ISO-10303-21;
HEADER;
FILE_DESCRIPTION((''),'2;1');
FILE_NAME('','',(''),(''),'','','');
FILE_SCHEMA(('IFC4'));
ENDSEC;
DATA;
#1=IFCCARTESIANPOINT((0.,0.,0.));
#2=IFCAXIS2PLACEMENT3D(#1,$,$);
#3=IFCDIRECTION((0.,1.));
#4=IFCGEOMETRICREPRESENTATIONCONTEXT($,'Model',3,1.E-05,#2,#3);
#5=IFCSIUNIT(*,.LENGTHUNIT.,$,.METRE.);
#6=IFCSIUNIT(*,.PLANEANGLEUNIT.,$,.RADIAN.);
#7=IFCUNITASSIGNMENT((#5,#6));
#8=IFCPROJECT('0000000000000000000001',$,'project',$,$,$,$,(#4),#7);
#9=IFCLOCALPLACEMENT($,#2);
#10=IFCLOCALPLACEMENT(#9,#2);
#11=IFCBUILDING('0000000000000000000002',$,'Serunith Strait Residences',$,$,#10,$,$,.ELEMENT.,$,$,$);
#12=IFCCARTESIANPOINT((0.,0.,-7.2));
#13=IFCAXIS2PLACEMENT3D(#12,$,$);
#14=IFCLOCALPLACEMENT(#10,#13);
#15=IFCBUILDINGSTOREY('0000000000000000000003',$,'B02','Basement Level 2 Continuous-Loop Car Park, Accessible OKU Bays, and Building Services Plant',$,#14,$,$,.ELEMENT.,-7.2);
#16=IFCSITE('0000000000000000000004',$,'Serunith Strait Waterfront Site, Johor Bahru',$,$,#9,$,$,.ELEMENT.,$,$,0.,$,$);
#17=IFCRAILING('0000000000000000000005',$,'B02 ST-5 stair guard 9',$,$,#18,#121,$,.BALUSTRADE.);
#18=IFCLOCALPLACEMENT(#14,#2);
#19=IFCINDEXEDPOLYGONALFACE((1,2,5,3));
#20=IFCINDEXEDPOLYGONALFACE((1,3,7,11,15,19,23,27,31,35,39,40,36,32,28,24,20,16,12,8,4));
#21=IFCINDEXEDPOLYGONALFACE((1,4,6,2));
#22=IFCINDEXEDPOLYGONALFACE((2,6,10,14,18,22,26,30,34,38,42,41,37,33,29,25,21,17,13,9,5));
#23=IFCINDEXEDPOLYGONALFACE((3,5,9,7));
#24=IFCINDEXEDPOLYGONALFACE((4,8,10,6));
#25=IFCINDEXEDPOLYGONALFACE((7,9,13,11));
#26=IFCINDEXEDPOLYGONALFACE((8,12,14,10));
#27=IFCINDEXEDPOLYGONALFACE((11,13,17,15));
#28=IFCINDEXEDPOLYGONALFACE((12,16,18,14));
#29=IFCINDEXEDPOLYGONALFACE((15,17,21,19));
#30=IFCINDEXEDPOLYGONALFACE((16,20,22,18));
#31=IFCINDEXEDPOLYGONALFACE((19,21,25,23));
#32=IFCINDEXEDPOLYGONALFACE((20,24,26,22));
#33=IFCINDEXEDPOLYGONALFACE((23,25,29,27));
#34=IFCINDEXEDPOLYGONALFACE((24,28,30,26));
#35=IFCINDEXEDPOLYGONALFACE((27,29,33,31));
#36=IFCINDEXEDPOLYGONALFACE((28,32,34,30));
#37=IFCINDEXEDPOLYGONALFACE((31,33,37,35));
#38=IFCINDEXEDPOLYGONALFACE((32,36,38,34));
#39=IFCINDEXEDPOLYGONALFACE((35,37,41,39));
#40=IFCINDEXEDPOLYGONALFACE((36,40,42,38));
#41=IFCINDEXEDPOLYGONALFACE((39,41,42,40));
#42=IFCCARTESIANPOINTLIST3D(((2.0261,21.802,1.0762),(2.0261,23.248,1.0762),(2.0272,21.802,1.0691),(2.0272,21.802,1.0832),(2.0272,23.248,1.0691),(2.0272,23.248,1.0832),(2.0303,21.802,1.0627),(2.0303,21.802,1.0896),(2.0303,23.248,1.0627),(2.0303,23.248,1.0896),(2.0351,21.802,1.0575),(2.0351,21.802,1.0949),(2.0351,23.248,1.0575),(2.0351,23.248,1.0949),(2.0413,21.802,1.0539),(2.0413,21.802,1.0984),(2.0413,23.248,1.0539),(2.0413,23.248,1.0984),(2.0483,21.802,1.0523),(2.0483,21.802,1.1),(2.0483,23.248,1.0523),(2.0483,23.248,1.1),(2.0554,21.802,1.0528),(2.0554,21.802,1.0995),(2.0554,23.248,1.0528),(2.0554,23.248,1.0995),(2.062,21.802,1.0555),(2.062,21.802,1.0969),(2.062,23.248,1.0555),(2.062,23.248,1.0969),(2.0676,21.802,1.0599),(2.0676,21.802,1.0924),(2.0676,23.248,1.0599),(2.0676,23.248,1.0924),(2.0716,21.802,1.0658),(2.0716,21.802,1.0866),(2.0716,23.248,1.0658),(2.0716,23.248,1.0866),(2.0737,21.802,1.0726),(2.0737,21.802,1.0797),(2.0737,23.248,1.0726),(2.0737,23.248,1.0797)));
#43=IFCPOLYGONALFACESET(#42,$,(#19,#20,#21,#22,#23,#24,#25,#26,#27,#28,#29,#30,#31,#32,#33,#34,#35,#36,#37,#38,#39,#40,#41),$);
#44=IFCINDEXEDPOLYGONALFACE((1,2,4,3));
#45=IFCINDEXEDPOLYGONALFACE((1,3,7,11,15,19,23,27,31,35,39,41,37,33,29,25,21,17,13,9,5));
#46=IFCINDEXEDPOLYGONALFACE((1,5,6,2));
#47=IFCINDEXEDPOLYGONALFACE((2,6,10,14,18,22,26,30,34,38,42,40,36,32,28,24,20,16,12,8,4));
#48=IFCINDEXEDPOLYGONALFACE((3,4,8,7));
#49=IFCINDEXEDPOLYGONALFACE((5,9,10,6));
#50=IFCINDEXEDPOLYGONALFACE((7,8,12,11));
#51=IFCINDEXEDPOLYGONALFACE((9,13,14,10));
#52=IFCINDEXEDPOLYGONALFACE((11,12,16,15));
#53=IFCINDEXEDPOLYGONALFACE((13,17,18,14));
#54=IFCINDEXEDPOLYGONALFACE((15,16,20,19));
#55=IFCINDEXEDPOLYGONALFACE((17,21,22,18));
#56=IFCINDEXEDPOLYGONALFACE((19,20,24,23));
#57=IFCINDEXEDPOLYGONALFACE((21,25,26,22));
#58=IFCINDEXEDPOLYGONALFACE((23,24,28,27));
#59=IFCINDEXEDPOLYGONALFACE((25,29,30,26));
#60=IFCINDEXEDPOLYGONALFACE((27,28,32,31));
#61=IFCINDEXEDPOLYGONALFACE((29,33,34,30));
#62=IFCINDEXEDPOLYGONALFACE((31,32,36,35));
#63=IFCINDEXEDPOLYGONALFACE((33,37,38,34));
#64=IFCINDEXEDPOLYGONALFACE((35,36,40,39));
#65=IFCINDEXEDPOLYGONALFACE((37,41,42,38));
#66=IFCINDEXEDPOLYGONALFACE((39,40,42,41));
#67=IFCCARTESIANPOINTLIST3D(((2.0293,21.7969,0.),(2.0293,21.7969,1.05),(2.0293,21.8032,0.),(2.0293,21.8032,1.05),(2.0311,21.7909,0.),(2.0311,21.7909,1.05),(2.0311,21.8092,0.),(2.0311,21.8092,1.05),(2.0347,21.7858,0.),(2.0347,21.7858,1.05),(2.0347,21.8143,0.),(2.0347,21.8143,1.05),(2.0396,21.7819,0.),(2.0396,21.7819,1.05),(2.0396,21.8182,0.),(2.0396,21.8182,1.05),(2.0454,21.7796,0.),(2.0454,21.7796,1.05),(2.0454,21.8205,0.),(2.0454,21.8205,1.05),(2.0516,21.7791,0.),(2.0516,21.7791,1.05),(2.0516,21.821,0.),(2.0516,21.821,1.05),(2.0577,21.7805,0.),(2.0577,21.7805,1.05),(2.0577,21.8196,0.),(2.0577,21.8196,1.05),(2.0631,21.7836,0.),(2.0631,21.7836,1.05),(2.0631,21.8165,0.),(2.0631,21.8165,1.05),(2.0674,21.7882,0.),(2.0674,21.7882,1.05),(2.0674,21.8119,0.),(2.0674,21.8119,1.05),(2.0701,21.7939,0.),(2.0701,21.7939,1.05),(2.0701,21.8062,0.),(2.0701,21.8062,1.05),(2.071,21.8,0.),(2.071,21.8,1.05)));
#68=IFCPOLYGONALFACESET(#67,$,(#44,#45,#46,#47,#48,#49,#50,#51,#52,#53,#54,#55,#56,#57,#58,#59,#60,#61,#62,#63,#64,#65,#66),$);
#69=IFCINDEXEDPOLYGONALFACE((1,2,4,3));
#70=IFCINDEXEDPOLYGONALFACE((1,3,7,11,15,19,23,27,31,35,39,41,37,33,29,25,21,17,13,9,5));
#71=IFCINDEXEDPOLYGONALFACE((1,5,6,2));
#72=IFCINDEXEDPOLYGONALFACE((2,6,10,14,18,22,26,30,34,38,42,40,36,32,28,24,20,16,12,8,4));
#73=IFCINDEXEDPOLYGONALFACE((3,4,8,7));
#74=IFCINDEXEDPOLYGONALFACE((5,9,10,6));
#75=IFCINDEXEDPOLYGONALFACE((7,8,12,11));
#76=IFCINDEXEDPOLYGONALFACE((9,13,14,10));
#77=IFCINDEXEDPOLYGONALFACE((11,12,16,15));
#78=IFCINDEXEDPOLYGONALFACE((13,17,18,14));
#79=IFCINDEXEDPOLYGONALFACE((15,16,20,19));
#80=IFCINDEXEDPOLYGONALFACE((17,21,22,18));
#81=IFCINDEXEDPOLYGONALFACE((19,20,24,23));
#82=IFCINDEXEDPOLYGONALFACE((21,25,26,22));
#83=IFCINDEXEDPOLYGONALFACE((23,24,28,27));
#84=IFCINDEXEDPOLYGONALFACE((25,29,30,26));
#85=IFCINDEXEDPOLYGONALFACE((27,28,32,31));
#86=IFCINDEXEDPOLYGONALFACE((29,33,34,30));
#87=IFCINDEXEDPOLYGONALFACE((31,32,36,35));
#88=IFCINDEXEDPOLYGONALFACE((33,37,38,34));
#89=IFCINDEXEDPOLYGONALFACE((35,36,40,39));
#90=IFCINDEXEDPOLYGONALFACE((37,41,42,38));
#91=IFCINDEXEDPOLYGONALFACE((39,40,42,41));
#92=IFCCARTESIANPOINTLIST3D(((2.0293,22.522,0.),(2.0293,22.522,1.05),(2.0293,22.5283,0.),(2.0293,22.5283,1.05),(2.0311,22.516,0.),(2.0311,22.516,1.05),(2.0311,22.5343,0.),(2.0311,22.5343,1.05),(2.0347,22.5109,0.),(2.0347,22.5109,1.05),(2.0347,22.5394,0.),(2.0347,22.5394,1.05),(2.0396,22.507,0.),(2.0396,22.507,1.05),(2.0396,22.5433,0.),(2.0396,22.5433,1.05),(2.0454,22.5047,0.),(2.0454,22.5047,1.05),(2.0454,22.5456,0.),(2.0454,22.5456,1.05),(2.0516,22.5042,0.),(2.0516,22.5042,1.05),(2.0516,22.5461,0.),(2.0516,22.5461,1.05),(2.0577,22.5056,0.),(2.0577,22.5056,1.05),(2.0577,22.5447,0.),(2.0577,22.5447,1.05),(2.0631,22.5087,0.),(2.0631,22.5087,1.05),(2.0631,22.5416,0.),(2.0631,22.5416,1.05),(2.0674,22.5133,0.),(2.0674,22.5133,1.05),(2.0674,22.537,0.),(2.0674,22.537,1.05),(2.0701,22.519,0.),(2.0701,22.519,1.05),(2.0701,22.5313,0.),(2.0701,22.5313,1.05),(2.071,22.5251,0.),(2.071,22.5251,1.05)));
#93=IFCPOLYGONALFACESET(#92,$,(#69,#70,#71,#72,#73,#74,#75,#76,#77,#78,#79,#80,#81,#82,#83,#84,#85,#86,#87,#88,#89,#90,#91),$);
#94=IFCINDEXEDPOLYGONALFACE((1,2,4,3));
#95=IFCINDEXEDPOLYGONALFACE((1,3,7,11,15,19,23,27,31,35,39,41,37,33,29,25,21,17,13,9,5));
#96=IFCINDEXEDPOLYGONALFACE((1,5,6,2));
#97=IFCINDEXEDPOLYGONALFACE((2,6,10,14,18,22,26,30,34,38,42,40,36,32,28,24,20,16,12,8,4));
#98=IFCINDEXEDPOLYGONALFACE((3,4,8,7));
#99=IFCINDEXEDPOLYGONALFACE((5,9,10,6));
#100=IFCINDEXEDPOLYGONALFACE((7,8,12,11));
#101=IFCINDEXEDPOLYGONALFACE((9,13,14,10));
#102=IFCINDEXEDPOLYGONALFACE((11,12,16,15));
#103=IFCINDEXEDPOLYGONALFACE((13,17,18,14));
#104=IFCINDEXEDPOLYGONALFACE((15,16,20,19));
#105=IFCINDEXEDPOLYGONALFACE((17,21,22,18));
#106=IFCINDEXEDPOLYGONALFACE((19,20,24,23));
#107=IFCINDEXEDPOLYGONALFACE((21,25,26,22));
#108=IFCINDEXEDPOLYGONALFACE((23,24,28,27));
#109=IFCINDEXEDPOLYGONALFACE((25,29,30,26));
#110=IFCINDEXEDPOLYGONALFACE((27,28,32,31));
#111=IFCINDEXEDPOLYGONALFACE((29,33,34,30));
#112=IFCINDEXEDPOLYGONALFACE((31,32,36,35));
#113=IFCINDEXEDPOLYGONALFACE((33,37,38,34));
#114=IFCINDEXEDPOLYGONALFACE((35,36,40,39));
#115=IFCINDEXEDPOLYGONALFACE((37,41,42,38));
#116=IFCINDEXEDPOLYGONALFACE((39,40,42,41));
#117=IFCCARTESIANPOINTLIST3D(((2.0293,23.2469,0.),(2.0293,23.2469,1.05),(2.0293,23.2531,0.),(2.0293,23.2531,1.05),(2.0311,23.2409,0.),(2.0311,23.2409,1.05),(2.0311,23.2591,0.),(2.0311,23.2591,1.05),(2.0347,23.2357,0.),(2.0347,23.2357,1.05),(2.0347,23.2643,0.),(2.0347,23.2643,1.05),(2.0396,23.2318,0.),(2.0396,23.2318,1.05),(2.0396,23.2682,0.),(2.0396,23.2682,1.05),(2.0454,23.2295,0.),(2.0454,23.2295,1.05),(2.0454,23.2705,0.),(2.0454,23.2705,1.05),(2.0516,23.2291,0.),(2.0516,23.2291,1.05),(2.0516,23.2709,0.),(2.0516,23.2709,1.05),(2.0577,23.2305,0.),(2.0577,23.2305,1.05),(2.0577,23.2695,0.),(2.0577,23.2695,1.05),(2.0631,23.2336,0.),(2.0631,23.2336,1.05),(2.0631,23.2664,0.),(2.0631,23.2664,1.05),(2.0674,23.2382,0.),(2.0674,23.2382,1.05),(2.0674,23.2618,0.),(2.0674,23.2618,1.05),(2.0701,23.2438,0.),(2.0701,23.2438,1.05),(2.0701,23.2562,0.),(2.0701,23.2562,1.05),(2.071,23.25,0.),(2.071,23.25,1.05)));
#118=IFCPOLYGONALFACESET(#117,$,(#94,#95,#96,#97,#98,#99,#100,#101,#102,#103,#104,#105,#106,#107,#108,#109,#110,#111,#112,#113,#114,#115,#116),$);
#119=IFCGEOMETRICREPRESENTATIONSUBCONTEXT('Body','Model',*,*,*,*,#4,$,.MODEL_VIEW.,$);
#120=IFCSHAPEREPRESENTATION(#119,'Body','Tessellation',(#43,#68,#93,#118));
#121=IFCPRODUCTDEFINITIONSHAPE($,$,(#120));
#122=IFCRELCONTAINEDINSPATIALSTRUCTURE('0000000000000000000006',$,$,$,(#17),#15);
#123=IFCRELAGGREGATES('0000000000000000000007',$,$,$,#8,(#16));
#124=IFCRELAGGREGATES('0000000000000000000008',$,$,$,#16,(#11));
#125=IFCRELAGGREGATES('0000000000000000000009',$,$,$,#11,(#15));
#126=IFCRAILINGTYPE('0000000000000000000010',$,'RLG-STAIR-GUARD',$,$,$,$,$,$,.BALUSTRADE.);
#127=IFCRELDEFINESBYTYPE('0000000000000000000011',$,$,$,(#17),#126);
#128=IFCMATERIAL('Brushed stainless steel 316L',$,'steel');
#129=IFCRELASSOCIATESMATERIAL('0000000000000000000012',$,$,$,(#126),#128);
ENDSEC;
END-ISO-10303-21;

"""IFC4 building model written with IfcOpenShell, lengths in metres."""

from ifc_helpers import new_model, si_unit, direction, frame, origin, origin_2d, place, context, subcontext, project, spatial, circle, extrude, material, type_object, element, save


model = new_model("IFC4")

# Units and contexts
model_context = context("Model", 3, precision=1e-05, world=origin(), true_north=direction((0.0, 1.0)))
body_context = subcontext(model_context, "Body", "Model", "MODEL_VIEW")
ifc_project = project(units=[si_unit("LENGTHUNIT", "METRE"), si_unit("PLANEANGLEUNIT", "RADIAN")], contexts=[model_context])

# Site, building, storey
site_placement = place(None, origin())
site = spatial("IfcSite", under=ifc_project, at=site_placement, Name="Serunith Strait Waterfront Site, Johor Bahru", CompositionType="ELEMENT", RefElevation=0.0)
building_placement = place(site_placement, origin())
building = spatial("IfcBuilding", under=site, at=building_placement, Name="Serunith Strait Residences", CompositionType="ELEMENT")
storey_placement = place(building_placement, frame((0.0, 0.0, -7.2)))
storey = spatial("IfcBuildingStorey", under=building, at=storey_placement, Name="B02", Description="Basement Level 2 Continuous-Loop Car Park, Accessible OKU Bays, and Building Services Plant", CompositionType="ELEMENT", Elevation=-7.2)

# Railing
ifc_material_1 = material(Name="Brushed stainless steel 316L", Category="steel")
railing_type_1 = type_object("IfcRailingType", Name="RLG-STAIR-GUARD", PredefinedType="BALUSTRADE", material=ifc_material_1)
for number, where, name in (
    (1, (2.05, 21.8, 0.0), "B02 ST-5 stair guard 9"),
):
    element("IfcRailing", number, at=place(storey_placement, frame(where)), inside=storey, type_object=railing_type_1, Name=name, PredefinedType="BALUSTRADE", context=body_context, shape_type="SweptSolid", body=[
        extrude(circle(Radius=0.0239, at=origin_2d()), frame((0.0, 0.002, 1.0762), z_axis=(0.0, 1.0, 0.0), x_axis=(-1.0, 0.0, 0.0)), (0.0, 0.0, 1.0), 1.446),
        extrude(circle(Radius=0.021, at=origin_2d()), origin(), (0.0, 0.0, 1.0), 1.05),
        extrude(circle(Radius=0.021, at=origin_2d()), frame((0.0, 0.7251, 0.0)), (0.0, 0.0, 1.0), 1.05),
        extrude(circle(Radius=0.021, at=origin_2d()), frame((0.0, 1.45, 0.0)), (0.0, 0.0, 1.0), 1.05),
    ])

save(model, "model.ifc")
